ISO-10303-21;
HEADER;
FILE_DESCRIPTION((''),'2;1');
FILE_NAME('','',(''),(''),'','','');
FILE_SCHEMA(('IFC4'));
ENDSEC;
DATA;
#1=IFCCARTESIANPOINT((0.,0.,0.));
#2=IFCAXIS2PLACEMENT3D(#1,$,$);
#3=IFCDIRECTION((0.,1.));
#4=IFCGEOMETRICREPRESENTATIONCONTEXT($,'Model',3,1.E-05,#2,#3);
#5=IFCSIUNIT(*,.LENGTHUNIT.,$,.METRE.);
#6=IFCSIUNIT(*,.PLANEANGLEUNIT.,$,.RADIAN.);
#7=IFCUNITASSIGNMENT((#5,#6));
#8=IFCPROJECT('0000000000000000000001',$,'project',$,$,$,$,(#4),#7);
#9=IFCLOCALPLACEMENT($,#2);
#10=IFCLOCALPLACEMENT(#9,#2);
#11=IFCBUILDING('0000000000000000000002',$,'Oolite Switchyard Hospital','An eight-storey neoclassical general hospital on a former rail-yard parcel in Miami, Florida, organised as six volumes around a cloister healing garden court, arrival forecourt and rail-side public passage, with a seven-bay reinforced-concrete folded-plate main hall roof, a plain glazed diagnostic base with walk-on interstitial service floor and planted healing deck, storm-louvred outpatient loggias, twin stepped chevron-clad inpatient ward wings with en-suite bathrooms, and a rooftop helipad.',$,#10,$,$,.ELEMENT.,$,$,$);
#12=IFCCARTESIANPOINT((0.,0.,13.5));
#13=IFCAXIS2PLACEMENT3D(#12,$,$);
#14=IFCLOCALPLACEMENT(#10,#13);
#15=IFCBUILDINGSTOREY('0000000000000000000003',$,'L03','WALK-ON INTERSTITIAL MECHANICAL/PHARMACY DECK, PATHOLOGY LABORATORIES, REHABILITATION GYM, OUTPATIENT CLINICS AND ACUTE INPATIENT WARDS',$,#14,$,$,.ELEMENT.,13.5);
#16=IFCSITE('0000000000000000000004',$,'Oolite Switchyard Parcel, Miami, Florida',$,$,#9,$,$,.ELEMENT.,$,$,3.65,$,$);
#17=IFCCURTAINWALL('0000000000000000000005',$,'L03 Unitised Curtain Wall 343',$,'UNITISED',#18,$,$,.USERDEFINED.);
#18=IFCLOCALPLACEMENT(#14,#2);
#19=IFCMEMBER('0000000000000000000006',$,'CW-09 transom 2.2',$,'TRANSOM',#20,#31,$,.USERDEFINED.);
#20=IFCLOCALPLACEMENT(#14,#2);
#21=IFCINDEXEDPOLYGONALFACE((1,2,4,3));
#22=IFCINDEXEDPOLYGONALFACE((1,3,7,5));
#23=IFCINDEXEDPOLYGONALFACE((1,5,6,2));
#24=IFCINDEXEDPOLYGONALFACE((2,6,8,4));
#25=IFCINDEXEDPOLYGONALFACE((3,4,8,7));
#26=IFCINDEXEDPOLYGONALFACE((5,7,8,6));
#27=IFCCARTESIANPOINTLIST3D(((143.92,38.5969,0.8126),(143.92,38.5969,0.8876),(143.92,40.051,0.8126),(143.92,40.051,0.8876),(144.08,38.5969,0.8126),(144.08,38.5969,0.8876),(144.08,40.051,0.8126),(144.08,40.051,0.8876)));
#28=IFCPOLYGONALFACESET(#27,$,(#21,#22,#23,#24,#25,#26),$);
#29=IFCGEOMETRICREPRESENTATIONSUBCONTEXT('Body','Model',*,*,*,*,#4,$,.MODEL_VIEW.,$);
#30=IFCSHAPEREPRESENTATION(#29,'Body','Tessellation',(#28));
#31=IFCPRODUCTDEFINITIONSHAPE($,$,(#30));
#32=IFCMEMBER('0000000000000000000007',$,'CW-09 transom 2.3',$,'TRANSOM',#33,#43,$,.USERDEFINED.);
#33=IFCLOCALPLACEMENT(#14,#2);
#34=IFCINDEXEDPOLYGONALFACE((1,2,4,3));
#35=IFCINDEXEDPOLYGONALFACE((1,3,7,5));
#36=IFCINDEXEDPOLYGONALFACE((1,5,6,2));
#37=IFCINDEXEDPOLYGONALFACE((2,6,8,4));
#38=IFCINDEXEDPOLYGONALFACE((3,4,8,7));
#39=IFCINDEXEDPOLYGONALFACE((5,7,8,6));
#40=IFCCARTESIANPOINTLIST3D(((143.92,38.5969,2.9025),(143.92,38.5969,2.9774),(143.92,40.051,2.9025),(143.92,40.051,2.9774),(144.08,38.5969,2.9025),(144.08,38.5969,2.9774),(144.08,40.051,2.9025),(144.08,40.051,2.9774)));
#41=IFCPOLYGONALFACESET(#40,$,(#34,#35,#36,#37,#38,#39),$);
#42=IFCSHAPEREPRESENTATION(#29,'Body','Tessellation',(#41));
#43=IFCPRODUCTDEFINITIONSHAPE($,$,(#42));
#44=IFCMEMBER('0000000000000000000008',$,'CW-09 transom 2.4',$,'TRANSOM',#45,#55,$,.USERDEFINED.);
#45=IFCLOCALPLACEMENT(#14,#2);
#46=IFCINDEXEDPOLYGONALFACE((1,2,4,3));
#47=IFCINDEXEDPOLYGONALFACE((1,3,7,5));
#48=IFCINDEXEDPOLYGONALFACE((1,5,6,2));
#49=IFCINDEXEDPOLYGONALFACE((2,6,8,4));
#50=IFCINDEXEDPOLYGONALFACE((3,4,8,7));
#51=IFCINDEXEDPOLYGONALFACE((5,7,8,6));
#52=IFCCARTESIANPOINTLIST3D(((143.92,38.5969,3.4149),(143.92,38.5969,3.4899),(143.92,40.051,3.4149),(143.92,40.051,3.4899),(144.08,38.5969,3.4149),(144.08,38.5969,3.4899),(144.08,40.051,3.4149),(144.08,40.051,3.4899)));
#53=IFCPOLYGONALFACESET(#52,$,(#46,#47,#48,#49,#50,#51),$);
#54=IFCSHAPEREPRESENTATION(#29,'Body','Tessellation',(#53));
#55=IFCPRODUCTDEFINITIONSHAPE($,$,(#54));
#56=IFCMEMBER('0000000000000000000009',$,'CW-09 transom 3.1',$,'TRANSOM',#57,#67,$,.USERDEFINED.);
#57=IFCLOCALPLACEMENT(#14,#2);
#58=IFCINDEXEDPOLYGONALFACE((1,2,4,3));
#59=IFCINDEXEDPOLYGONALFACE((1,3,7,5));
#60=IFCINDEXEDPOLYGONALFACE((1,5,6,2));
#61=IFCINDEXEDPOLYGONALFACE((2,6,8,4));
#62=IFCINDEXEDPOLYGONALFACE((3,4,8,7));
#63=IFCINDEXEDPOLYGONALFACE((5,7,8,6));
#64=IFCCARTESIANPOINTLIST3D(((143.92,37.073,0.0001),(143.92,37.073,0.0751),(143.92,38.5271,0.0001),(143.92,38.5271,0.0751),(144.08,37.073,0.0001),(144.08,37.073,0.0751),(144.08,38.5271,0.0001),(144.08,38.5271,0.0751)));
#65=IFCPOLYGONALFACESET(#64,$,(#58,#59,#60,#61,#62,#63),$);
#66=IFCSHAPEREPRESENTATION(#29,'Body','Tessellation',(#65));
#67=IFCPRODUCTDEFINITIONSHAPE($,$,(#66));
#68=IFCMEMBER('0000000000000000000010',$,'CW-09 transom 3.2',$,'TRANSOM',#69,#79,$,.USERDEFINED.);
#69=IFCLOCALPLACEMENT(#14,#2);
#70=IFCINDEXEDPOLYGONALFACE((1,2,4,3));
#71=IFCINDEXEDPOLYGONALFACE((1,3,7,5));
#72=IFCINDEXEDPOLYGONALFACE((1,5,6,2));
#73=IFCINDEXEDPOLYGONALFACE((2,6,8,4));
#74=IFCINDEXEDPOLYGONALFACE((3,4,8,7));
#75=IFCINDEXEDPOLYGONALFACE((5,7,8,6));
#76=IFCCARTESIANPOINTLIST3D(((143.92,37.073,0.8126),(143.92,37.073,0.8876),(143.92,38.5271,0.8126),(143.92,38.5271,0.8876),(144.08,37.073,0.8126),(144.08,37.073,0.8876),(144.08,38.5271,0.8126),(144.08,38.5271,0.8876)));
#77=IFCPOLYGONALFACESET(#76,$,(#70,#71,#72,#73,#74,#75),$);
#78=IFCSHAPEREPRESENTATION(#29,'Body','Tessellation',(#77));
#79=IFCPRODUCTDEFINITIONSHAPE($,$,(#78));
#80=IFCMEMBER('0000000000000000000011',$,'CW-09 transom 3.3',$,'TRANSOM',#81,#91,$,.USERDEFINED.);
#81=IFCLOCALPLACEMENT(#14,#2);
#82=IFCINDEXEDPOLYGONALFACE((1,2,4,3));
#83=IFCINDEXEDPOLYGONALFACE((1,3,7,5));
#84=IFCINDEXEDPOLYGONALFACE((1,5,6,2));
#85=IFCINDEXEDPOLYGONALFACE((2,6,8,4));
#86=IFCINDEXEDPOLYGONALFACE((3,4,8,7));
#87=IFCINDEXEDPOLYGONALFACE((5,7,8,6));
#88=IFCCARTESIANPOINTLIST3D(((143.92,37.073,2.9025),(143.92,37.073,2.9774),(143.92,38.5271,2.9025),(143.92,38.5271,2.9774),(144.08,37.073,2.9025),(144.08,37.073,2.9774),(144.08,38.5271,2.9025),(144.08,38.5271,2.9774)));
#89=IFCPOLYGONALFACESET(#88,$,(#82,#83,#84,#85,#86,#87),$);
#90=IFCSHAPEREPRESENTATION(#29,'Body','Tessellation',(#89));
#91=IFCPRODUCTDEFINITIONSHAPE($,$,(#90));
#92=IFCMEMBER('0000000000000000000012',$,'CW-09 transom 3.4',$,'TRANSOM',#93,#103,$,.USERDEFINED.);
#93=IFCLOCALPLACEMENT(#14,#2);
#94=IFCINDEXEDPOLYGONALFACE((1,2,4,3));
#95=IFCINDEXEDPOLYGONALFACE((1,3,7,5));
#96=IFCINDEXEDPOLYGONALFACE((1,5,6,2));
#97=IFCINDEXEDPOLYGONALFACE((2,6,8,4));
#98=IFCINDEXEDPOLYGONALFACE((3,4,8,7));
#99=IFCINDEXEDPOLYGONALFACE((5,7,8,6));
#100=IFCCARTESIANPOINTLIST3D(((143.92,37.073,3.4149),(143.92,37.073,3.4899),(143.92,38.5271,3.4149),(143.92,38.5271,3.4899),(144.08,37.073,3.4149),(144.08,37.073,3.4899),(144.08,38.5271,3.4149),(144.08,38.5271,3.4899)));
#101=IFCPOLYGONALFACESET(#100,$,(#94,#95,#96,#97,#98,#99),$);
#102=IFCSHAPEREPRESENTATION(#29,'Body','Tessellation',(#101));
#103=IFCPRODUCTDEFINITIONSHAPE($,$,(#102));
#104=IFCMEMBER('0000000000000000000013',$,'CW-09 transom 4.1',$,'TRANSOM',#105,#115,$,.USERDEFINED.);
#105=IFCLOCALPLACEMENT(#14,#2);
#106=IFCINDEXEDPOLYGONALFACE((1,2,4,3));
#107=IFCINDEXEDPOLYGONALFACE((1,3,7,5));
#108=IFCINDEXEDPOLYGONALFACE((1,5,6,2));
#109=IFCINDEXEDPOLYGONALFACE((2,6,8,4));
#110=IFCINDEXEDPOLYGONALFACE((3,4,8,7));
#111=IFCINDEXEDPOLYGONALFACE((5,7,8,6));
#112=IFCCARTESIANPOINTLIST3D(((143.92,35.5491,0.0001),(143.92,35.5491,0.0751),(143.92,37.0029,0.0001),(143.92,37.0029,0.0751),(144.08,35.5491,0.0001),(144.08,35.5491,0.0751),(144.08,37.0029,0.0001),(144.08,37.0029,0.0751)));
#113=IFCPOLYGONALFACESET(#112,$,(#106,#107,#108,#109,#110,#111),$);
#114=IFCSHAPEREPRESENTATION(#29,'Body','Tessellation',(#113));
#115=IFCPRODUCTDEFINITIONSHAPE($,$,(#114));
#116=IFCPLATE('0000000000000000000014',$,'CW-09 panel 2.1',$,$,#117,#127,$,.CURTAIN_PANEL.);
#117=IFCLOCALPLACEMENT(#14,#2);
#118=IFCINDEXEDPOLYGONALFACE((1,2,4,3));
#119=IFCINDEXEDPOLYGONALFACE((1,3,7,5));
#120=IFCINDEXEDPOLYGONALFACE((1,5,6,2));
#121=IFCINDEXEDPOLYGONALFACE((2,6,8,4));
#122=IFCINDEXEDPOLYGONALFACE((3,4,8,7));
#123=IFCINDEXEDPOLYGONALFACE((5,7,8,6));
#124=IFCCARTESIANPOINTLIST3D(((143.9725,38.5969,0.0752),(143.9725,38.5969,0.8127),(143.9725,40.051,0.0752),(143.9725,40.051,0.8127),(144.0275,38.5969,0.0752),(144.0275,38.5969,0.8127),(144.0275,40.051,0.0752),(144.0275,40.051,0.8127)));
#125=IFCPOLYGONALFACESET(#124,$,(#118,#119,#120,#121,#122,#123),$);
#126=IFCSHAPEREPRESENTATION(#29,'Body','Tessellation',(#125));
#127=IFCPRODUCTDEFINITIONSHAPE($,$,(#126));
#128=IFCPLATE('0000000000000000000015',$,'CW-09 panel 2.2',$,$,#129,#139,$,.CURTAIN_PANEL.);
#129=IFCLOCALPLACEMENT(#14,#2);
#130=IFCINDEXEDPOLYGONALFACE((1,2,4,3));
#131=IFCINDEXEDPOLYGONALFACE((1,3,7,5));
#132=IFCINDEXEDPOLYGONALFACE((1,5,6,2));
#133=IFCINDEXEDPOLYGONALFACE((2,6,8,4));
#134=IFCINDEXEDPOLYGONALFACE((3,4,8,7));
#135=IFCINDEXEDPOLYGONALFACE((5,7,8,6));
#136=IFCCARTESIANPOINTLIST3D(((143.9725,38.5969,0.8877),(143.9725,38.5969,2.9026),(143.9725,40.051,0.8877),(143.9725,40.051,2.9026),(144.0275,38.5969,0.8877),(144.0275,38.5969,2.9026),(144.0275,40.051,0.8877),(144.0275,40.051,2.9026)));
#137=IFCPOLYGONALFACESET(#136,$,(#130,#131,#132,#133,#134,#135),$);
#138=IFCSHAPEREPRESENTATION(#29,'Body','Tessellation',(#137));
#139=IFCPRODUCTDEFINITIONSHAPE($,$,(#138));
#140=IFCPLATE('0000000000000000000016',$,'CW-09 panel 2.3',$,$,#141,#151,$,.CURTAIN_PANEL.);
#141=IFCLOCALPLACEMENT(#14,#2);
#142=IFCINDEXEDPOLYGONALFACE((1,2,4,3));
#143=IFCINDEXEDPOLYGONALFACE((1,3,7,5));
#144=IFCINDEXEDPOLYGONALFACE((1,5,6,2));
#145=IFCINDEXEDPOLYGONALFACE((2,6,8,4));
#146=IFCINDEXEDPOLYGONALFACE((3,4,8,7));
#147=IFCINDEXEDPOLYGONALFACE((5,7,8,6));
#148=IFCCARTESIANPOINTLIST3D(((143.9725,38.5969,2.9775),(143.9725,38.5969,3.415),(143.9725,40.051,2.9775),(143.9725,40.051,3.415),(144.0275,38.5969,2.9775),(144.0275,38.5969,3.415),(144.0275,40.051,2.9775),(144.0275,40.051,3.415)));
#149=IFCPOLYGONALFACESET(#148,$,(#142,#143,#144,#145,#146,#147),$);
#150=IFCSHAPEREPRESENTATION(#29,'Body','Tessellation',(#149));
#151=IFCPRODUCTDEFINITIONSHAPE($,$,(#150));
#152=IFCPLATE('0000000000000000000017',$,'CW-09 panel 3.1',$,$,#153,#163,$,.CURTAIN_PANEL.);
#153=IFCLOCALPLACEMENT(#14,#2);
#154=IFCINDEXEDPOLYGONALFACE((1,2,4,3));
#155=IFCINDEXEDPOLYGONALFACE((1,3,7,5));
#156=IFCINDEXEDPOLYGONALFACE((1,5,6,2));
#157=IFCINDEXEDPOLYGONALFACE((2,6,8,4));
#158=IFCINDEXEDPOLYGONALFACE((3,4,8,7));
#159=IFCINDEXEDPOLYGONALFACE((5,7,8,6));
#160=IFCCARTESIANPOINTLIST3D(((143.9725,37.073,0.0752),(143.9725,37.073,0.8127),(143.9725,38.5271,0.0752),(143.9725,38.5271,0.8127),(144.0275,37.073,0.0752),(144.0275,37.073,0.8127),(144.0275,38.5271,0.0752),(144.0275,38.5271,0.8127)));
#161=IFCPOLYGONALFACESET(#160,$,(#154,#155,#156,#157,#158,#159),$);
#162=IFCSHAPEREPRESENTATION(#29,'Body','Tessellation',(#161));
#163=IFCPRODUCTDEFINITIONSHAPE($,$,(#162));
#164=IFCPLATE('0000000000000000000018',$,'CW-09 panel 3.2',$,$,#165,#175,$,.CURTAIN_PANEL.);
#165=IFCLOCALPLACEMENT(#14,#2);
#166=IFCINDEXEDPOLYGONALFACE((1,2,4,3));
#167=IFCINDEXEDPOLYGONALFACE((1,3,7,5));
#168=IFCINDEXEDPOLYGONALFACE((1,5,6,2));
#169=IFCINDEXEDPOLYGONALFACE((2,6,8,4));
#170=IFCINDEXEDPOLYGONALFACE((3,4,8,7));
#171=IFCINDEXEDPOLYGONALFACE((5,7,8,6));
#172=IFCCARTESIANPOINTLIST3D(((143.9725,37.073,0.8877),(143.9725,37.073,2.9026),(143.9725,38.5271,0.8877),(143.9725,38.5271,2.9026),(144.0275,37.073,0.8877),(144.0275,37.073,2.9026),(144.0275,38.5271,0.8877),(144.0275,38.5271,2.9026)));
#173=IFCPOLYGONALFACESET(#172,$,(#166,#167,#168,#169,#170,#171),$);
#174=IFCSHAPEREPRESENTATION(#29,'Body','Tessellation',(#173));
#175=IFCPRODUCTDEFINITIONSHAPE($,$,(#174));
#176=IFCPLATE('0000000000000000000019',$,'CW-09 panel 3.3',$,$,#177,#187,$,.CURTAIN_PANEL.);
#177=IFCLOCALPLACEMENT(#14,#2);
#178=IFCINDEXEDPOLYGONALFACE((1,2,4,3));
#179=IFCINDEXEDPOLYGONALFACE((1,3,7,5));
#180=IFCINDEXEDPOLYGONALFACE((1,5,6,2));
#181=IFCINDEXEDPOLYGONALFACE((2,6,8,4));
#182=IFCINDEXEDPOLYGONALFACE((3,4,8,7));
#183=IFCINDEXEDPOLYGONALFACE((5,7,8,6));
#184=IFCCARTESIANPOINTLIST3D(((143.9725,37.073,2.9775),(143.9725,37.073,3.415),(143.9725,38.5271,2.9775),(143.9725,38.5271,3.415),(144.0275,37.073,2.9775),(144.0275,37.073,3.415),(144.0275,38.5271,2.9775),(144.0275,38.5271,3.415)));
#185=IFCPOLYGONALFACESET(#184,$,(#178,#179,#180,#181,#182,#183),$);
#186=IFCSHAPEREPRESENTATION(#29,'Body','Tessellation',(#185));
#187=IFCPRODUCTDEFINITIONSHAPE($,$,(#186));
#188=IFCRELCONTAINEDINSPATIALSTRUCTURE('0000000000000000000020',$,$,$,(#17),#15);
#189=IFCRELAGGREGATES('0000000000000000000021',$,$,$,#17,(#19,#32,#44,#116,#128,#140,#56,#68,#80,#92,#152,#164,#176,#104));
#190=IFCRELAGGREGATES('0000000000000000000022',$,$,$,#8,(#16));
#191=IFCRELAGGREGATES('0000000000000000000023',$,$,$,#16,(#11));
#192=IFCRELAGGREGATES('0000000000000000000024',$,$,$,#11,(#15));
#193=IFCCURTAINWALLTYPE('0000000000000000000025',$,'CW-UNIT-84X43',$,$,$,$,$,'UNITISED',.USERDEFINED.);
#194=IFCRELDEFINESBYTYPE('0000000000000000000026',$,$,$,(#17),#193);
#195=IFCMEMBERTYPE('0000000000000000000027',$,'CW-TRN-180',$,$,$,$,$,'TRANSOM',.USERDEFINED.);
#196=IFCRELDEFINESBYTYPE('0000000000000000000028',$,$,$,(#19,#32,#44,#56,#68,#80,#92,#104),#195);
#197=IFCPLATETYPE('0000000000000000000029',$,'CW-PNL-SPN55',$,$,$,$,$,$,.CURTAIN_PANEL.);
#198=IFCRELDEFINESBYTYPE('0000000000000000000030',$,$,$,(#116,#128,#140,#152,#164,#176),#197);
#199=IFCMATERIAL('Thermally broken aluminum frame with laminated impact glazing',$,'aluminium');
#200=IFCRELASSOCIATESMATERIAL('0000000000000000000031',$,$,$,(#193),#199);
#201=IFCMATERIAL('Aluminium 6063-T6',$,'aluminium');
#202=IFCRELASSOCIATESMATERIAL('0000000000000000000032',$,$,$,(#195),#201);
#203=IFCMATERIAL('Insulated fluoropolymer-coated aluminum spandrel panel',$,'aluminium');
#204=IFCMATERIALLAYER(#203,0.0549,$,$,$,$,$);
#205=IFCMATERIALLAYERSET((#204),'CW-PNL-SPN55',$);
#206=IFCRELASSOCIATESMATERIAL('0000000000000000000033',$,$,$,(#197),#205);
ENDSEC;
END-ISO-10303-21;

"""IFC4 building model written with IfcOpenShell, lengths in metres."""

from ifc_helpers import new_model, si_unit, direction, frame, origin, origin_2d, place, context, subcontext, project, spatial, rectangle, extrude, material, layer, layer_set, material_profile, profile_set, type_object, element, aggregate, save


model = new_model("IFC4")

# Units and contexts
model_context = context("Model", 3, precision=1e-05, world=origin(), true_north=direction((0.0, 1.0)))
body_context = subcontext(model_context, "Body", "Model", "MODEL_VIEW")
ifc_project = project(units=[si_unit("LENGTHUNIT", "METRE"), si_unit("PLANEANGLEUNIT", "RADIAN")], contexts=[model_context])

# Site, building, storey
site_placement = place(None, origin())
site = spatial("IfcSite", under=ifc_project, at=site_placement, Name="Oolite Switchyard Parcel, Miami, Florida", CompositionType="ELEMENT", RefElevation=3.65)
building_placement = place(site_placement, origin())
building = spatial("IfcBuilding", under=site, at=building_placement, Name="Oolite Switchyard Hospital", Description="An eight-storey neoclassical general hospital on a former rail-yard parcel in Miami, Florida, organised as six volumes around a cloister healing garden court, arrival forecourt and rail-side public passage, with a seven-bay reinforced-concrete folded-plate main hall roof, a plain glazed diagnostic base with walk-on interstitial service floor and planted healing deck, storm-louvred outpatient loggias, twin stepped chevron-clad inpatient ward wings with en-suite bathrooms, and a rooftop helipad.", CompositionType="ELEMENT")
storey_placement = place(building_placement, frame((0.0, 0.0, 13.5)))
storey = spatial("IfcBuildingStorey", under=building, at=storey_placement, Name="L03", Description="WALK-ON INTERSTITIAL MECHANICAL/PHARMACY DECK, PATHOLOGY LABORATORIES, REHABILITATION GYM, OUTPATIENT CLINICS AND ACUTE INPATIENT WARDS", CompositionType="ELEMENT", Elevation=13.5)

# Shared definitions
ifc_material_1 = material(Name="Thermally broken aluminum frame with laminated impact glazing", Category="aluminium")
curtain_wall_type = type_object("IfcCurtainWallType", Name="CW-UNIT-84X43", ElementType="UNITISED", PredefinedType="USERDEFINED", material=ifc_material_1)
ifc_material_2 = material(Name="Aluminium 6063-T6", Category="aluminium")

# Curtain wall
curtain_wall_1_placement = place(storey_placement, origin())
curtain_wall_1 = element("IfcCurtainWall", 1, at=curtain_wall_1_placement, inside=storey, type_object=curtain_wall_type, Name="L03 Unitised Curtain Wall 343", ObjectType="UNITISED", PredefinedType="USERDEFINED")

# Members
ifc_material_profile_1 = material_profile(ifc_material_2, rectangle(XDim=0.1599, YDim=0.075, at=origin_2d()), Name="CWT75X160")
ifc_profile_set_1 = profile_set([ifc_material_profile_1], Name="Aluminium 6063-T6")
member_type_1 = type_object("IfcMemberType", Name="CW-TRN-180", ElementType="TRANSOM", PredefinedType="USERDEFINED", material=ifc_profile_set_1)
member_1_placement = place(storey_placement, frame((144.0, 40.051, 0.8501), z_axis=(0.0, -1.0, 0.0), x_axis=(1.0, 0.0, 0.0)))
member_1 = element("IfcMember", 2, at=member_1_placement, type_object=member_type_1, Name="CW-09 transom 2.2", ObjectType="TRANSOM", PredefinedType="USERDEFINED", context=body_context, shape_type="SweptSolid", body=[
    extrude(rectangle(XDim=0.1599, YDim=0.075, at=origin_2d()), origin(), (0.0, 0.0, 1.0), 1.4541),
])
member_2_placement = place(storey_placement, frame((144.0, 40.051, 2.9399), z_axis=(0.0, -1.0, 0.0), x_axis=(1.0, 0.0, 0.0)))
member_2 = element("IfcMember", 3, at=member_2_placement, type_object=member_type_1, Name="CW-09 transom 2.3", ObjectType="TRANSOM", PredefinedType="USERDEFINED", context=body_context, shape_type="SweptSolid", body=[
    extrude(rectangle(XDim=0.1599, YDim=0.075, at=origin_2d()), origin(), (0.0, 0.0, 1.0), 1.4541),
])
member_3_placement = place(storey_placement, frame((144.0, 40.051, 3.4524), z_axis=(0.0, -1.0, 0.0), x_axis=(1.0, 0.0, 0.0)))
member_3 = element("IfcMember", 4, at=member_3_placement, type_object=member_type_1, Name="CW-09 transom 2.4", ObjectType="TRANSOM", PredefinedType="USERDEFINED", context=body_context, shape_type="SweptSolid", body=[
    extrude(rectangle(XDim=0.1599, YDim=0.075, at=origin_2d()), origin(), (0.0, 0.0, 1.0), 1.4541),
])
member_4_placement = place(storey_placement, frame((144.0, 38.5271, 0.0376), z_axis=(0.0, -1.0, 0.0), x_axis=(1.0, 0.0, 0.0)))
member_4 = element("IfcMember", 5, at=member_4_placement, type_object=member_type_1, Name="CW-09 transom 3.1", ObjectType="TRANSOM", PredefinedType="USERDEFINED", context=body_context, shape_type="SweptSolid", body=[
    extrude(rectangle(XDim=0.1599, YDim=0.075, at=origin_2d()), origin(), (0.0, 0.0, 1.0), 1.4541),
])
member_5_placement = place(storey_placement, frame((144.0, 38.5271, 0.8501), z_axis=(0.0, -1.0, 0.0), x_axis=(1.0, 0.0, 0.0)))
member_5 = element("IfcMember", 6, at=member_5_placement, type_object=member_type_1, Name="CW-09 transom 3.2", ObjectType="TRANSOM", PredefinedType="USERDEFINED", context=body_context, shape_type="SweptSolid", body=[
    extrude(rectangle(XDim=0.1599, YDim=0.075, at=origin_2d()), origin(), (0.0, 0.0, 1.0), 1.4541),
])
member_6_placement = place(storey_placement, frame((144.0, 38.5271, 2.9399), z_axis=(0.0, -1.0, 0.0), x_axis=(1.0, 0.0, 0.0)))
member_6 = element("IfcMember", 7, at=member_6_placement, type_object=member_type_1, Name="CW-09 transom 3.3", ObjectType="TRANSOM", PredefinedType="USERDEFINED", context=body_context, shape_type="SweptSolid", body=[
    extrude(rectangle(XDim=0.1599, YDim=0.075, at=origin_2d()), origin(), (0.0, 0.0, 1.0), 1.4541),
])
member_7_placement = place(storey_placement, frame((144.0, 38.5271, 3.4524), z_axis=(0.0, -1.0, 0.0), x_axis=(1.0, 0.0, 0.0)))
member_7 = element("IfcMember", 8, at=member_7_placement, type_object=member_type_1, Name="CW-09 transom 3.4", ObjectType="TRANSOM", PredefinedType="USERDEFINED", context=body_context, shape_type="SweptSolid", body=[
    extrude(rectangle(XDim=0.1599, YDim=0.075, at=origin_2d()), origin(), (0.0, 0.0, 1.0), 1.4541),
])
member_8_placement = place(storey_placement, frame((144.0, 37.0029, 0.0376), z_axis=(0.0, -1.0, 0.0), x_axis=(1.0, 0.0, 0.0)))
member_8 = element("IfcMember", 9, at=member_8_placement, type_object=member_type_1, Name="CW-09 transom 4.1", ObjectType="TRANSOM", PredefinedType="USERDEFINED", context=body_context, shape_type="SweptSolid", body=[
    extrude(rectangle(XDim=0.1599, YDim=0.075, at=origin_2d()), origin(), (0.0, 0.0, 1.0), 1.4539),
])

# Plates
ifc_material_3 = material(Name="Insulated fluoropolymer-coated aluminum spandrel panel", Category="aluminium")
ifc_layer_1 = layer(ifc_material_3, 0.0549)
ifc_layer_set_1 = layer_set([ifc_layer_1], Name="CW-PNL-SPN55")
plate_type = type_object("IfcPlateType", Name="CW-PNL-SPN55", PredefinedType="CURTAIN_PANEL", material=ifc_layer_set_1)
plate_1_placement = place(storey_placement, frame((144.0, 39.324, 0.0752), z_axis=(0.0, 0.0, 1.0), x_axis=(0.0, -1.0, 0.0)))
plate_1 = element("IfcPlate", 10, at=plate_1_placement, type_object=plate_type, Name="CW-09 panel 2.1", PredefinedType="CURTAIN_PANEL", context=body_context, shape_type="SweptSolid", body=[
    extrude(rectangle(XDim=1.4541, YDim=0.0549, at=origin_2d()), origin(), (0.0, 0.0, 1.0), 0.7375),
])
plate_2_placement = place(storey_placement, frame((144.0, 39.324, 0.8877), z_axis=(0.0, 0.0, 1.0), x_axis=(0.0, -1.0, 0.0)))
plate_2 = element("IfcPlate", 11, at=plate_2_placement, type_object=plate_type, Name="CW-09 panel 2.2", PredefinedType="CURTAIN_PANEL", context=body_context, shape_type="SweptSolid", body=[
    extrude(rectangle(XDim=1.4541, YDim=0.0549, at=origin_2d()), origin(), (0.0, 0.0, 1.0), 2.0149),
])
plate_3_placement = place(storey_placement, frame((144.0, 39.324, 2.9775), z_axis=(0.0, 0.0, 1.0), x_axis=(0.0, -1.0, 0.0)))
plate_3 = element("IfcPlate", 12, at=plate_3_placement, type_object=plate_type, Name="CW-09 panel 2.3", PredefinedType="CURTAIN_PANEL", context=body_context, shape_type="SweptSolid", body=[
    extrude(rectangle(XDim=1.4541, YDim=0.0549, at=origin_2d()), origin(), (0.0, 0.0, 1.0), 0.4375),
])
plate_4_placement = place(storey_placement, frame((144.0, 37.8, 0.0752), z_axis=(0.0, 0.0, 1.0), x_axis=(0.0, -1.0, 0.0)))
plate_4 = element("IfcPlate", 13, at=plate_4_placement, type_object=plate_type, Name="CW-09 panel 3.1", PredefinedType="CURTAIN_PANEL", context=body_context, shape_type="SweptSolid", body=[
    extrude(rectangle(XDim=1.4541, YDim=0.0549, at=origin_2d()), origin(), (0.0, 0.0, 1.0), 0.7375),
])
plate_5_placement = place(storey_placement, frame((144.0, 37.8, 0.8877), z_axis=(0.0, 0.0, 1.0), x_axis=(0.0, -1.0, 0.0)))
plate_5 = element("IfcPlate", 14, at=plate_5_placement, type_object=plate_type, Name="CW-09 panel 3.2", PredefinedType="CURTAIN_PANEL", context=body_context, shape_type="SweptSolid", body=[
    extrude(rectangle(XDim=1.4541, YDim=0.0549, at=origin_2d()), origin(), (0.0, 0.0, 1.0), 2.0149),
])
plate_6_placement = place(storey_placement, frame((144.0, 37.8, 2.9775), z_axis=(0.0, 0.0, 1.0), x_axis=(0.0, -1.0, 0.0)))
plate_6 = element("IfcPlate", 15, at=plate_6_placement, type_object=plate_type, Name="CW-09 panel 3.3", PredefinedType="CURTAIN_PANEL", context=body_context, shape_type="SweptSolid", body=[
    extrude(rectangle(XDim=1.4541, YDim=0.0549, at=origin_2d()), origin(), (0.0, 0.0, 1.0), 0.4375),
])
aggregate(curtain_wall_1, [member_1, member_2, member_3, plate_1, plate_2, plate_3, member_4, member_5, member_6, member_7, plate_4, plate_5, plate_6, member_8])

save(model, "model.ifc")
